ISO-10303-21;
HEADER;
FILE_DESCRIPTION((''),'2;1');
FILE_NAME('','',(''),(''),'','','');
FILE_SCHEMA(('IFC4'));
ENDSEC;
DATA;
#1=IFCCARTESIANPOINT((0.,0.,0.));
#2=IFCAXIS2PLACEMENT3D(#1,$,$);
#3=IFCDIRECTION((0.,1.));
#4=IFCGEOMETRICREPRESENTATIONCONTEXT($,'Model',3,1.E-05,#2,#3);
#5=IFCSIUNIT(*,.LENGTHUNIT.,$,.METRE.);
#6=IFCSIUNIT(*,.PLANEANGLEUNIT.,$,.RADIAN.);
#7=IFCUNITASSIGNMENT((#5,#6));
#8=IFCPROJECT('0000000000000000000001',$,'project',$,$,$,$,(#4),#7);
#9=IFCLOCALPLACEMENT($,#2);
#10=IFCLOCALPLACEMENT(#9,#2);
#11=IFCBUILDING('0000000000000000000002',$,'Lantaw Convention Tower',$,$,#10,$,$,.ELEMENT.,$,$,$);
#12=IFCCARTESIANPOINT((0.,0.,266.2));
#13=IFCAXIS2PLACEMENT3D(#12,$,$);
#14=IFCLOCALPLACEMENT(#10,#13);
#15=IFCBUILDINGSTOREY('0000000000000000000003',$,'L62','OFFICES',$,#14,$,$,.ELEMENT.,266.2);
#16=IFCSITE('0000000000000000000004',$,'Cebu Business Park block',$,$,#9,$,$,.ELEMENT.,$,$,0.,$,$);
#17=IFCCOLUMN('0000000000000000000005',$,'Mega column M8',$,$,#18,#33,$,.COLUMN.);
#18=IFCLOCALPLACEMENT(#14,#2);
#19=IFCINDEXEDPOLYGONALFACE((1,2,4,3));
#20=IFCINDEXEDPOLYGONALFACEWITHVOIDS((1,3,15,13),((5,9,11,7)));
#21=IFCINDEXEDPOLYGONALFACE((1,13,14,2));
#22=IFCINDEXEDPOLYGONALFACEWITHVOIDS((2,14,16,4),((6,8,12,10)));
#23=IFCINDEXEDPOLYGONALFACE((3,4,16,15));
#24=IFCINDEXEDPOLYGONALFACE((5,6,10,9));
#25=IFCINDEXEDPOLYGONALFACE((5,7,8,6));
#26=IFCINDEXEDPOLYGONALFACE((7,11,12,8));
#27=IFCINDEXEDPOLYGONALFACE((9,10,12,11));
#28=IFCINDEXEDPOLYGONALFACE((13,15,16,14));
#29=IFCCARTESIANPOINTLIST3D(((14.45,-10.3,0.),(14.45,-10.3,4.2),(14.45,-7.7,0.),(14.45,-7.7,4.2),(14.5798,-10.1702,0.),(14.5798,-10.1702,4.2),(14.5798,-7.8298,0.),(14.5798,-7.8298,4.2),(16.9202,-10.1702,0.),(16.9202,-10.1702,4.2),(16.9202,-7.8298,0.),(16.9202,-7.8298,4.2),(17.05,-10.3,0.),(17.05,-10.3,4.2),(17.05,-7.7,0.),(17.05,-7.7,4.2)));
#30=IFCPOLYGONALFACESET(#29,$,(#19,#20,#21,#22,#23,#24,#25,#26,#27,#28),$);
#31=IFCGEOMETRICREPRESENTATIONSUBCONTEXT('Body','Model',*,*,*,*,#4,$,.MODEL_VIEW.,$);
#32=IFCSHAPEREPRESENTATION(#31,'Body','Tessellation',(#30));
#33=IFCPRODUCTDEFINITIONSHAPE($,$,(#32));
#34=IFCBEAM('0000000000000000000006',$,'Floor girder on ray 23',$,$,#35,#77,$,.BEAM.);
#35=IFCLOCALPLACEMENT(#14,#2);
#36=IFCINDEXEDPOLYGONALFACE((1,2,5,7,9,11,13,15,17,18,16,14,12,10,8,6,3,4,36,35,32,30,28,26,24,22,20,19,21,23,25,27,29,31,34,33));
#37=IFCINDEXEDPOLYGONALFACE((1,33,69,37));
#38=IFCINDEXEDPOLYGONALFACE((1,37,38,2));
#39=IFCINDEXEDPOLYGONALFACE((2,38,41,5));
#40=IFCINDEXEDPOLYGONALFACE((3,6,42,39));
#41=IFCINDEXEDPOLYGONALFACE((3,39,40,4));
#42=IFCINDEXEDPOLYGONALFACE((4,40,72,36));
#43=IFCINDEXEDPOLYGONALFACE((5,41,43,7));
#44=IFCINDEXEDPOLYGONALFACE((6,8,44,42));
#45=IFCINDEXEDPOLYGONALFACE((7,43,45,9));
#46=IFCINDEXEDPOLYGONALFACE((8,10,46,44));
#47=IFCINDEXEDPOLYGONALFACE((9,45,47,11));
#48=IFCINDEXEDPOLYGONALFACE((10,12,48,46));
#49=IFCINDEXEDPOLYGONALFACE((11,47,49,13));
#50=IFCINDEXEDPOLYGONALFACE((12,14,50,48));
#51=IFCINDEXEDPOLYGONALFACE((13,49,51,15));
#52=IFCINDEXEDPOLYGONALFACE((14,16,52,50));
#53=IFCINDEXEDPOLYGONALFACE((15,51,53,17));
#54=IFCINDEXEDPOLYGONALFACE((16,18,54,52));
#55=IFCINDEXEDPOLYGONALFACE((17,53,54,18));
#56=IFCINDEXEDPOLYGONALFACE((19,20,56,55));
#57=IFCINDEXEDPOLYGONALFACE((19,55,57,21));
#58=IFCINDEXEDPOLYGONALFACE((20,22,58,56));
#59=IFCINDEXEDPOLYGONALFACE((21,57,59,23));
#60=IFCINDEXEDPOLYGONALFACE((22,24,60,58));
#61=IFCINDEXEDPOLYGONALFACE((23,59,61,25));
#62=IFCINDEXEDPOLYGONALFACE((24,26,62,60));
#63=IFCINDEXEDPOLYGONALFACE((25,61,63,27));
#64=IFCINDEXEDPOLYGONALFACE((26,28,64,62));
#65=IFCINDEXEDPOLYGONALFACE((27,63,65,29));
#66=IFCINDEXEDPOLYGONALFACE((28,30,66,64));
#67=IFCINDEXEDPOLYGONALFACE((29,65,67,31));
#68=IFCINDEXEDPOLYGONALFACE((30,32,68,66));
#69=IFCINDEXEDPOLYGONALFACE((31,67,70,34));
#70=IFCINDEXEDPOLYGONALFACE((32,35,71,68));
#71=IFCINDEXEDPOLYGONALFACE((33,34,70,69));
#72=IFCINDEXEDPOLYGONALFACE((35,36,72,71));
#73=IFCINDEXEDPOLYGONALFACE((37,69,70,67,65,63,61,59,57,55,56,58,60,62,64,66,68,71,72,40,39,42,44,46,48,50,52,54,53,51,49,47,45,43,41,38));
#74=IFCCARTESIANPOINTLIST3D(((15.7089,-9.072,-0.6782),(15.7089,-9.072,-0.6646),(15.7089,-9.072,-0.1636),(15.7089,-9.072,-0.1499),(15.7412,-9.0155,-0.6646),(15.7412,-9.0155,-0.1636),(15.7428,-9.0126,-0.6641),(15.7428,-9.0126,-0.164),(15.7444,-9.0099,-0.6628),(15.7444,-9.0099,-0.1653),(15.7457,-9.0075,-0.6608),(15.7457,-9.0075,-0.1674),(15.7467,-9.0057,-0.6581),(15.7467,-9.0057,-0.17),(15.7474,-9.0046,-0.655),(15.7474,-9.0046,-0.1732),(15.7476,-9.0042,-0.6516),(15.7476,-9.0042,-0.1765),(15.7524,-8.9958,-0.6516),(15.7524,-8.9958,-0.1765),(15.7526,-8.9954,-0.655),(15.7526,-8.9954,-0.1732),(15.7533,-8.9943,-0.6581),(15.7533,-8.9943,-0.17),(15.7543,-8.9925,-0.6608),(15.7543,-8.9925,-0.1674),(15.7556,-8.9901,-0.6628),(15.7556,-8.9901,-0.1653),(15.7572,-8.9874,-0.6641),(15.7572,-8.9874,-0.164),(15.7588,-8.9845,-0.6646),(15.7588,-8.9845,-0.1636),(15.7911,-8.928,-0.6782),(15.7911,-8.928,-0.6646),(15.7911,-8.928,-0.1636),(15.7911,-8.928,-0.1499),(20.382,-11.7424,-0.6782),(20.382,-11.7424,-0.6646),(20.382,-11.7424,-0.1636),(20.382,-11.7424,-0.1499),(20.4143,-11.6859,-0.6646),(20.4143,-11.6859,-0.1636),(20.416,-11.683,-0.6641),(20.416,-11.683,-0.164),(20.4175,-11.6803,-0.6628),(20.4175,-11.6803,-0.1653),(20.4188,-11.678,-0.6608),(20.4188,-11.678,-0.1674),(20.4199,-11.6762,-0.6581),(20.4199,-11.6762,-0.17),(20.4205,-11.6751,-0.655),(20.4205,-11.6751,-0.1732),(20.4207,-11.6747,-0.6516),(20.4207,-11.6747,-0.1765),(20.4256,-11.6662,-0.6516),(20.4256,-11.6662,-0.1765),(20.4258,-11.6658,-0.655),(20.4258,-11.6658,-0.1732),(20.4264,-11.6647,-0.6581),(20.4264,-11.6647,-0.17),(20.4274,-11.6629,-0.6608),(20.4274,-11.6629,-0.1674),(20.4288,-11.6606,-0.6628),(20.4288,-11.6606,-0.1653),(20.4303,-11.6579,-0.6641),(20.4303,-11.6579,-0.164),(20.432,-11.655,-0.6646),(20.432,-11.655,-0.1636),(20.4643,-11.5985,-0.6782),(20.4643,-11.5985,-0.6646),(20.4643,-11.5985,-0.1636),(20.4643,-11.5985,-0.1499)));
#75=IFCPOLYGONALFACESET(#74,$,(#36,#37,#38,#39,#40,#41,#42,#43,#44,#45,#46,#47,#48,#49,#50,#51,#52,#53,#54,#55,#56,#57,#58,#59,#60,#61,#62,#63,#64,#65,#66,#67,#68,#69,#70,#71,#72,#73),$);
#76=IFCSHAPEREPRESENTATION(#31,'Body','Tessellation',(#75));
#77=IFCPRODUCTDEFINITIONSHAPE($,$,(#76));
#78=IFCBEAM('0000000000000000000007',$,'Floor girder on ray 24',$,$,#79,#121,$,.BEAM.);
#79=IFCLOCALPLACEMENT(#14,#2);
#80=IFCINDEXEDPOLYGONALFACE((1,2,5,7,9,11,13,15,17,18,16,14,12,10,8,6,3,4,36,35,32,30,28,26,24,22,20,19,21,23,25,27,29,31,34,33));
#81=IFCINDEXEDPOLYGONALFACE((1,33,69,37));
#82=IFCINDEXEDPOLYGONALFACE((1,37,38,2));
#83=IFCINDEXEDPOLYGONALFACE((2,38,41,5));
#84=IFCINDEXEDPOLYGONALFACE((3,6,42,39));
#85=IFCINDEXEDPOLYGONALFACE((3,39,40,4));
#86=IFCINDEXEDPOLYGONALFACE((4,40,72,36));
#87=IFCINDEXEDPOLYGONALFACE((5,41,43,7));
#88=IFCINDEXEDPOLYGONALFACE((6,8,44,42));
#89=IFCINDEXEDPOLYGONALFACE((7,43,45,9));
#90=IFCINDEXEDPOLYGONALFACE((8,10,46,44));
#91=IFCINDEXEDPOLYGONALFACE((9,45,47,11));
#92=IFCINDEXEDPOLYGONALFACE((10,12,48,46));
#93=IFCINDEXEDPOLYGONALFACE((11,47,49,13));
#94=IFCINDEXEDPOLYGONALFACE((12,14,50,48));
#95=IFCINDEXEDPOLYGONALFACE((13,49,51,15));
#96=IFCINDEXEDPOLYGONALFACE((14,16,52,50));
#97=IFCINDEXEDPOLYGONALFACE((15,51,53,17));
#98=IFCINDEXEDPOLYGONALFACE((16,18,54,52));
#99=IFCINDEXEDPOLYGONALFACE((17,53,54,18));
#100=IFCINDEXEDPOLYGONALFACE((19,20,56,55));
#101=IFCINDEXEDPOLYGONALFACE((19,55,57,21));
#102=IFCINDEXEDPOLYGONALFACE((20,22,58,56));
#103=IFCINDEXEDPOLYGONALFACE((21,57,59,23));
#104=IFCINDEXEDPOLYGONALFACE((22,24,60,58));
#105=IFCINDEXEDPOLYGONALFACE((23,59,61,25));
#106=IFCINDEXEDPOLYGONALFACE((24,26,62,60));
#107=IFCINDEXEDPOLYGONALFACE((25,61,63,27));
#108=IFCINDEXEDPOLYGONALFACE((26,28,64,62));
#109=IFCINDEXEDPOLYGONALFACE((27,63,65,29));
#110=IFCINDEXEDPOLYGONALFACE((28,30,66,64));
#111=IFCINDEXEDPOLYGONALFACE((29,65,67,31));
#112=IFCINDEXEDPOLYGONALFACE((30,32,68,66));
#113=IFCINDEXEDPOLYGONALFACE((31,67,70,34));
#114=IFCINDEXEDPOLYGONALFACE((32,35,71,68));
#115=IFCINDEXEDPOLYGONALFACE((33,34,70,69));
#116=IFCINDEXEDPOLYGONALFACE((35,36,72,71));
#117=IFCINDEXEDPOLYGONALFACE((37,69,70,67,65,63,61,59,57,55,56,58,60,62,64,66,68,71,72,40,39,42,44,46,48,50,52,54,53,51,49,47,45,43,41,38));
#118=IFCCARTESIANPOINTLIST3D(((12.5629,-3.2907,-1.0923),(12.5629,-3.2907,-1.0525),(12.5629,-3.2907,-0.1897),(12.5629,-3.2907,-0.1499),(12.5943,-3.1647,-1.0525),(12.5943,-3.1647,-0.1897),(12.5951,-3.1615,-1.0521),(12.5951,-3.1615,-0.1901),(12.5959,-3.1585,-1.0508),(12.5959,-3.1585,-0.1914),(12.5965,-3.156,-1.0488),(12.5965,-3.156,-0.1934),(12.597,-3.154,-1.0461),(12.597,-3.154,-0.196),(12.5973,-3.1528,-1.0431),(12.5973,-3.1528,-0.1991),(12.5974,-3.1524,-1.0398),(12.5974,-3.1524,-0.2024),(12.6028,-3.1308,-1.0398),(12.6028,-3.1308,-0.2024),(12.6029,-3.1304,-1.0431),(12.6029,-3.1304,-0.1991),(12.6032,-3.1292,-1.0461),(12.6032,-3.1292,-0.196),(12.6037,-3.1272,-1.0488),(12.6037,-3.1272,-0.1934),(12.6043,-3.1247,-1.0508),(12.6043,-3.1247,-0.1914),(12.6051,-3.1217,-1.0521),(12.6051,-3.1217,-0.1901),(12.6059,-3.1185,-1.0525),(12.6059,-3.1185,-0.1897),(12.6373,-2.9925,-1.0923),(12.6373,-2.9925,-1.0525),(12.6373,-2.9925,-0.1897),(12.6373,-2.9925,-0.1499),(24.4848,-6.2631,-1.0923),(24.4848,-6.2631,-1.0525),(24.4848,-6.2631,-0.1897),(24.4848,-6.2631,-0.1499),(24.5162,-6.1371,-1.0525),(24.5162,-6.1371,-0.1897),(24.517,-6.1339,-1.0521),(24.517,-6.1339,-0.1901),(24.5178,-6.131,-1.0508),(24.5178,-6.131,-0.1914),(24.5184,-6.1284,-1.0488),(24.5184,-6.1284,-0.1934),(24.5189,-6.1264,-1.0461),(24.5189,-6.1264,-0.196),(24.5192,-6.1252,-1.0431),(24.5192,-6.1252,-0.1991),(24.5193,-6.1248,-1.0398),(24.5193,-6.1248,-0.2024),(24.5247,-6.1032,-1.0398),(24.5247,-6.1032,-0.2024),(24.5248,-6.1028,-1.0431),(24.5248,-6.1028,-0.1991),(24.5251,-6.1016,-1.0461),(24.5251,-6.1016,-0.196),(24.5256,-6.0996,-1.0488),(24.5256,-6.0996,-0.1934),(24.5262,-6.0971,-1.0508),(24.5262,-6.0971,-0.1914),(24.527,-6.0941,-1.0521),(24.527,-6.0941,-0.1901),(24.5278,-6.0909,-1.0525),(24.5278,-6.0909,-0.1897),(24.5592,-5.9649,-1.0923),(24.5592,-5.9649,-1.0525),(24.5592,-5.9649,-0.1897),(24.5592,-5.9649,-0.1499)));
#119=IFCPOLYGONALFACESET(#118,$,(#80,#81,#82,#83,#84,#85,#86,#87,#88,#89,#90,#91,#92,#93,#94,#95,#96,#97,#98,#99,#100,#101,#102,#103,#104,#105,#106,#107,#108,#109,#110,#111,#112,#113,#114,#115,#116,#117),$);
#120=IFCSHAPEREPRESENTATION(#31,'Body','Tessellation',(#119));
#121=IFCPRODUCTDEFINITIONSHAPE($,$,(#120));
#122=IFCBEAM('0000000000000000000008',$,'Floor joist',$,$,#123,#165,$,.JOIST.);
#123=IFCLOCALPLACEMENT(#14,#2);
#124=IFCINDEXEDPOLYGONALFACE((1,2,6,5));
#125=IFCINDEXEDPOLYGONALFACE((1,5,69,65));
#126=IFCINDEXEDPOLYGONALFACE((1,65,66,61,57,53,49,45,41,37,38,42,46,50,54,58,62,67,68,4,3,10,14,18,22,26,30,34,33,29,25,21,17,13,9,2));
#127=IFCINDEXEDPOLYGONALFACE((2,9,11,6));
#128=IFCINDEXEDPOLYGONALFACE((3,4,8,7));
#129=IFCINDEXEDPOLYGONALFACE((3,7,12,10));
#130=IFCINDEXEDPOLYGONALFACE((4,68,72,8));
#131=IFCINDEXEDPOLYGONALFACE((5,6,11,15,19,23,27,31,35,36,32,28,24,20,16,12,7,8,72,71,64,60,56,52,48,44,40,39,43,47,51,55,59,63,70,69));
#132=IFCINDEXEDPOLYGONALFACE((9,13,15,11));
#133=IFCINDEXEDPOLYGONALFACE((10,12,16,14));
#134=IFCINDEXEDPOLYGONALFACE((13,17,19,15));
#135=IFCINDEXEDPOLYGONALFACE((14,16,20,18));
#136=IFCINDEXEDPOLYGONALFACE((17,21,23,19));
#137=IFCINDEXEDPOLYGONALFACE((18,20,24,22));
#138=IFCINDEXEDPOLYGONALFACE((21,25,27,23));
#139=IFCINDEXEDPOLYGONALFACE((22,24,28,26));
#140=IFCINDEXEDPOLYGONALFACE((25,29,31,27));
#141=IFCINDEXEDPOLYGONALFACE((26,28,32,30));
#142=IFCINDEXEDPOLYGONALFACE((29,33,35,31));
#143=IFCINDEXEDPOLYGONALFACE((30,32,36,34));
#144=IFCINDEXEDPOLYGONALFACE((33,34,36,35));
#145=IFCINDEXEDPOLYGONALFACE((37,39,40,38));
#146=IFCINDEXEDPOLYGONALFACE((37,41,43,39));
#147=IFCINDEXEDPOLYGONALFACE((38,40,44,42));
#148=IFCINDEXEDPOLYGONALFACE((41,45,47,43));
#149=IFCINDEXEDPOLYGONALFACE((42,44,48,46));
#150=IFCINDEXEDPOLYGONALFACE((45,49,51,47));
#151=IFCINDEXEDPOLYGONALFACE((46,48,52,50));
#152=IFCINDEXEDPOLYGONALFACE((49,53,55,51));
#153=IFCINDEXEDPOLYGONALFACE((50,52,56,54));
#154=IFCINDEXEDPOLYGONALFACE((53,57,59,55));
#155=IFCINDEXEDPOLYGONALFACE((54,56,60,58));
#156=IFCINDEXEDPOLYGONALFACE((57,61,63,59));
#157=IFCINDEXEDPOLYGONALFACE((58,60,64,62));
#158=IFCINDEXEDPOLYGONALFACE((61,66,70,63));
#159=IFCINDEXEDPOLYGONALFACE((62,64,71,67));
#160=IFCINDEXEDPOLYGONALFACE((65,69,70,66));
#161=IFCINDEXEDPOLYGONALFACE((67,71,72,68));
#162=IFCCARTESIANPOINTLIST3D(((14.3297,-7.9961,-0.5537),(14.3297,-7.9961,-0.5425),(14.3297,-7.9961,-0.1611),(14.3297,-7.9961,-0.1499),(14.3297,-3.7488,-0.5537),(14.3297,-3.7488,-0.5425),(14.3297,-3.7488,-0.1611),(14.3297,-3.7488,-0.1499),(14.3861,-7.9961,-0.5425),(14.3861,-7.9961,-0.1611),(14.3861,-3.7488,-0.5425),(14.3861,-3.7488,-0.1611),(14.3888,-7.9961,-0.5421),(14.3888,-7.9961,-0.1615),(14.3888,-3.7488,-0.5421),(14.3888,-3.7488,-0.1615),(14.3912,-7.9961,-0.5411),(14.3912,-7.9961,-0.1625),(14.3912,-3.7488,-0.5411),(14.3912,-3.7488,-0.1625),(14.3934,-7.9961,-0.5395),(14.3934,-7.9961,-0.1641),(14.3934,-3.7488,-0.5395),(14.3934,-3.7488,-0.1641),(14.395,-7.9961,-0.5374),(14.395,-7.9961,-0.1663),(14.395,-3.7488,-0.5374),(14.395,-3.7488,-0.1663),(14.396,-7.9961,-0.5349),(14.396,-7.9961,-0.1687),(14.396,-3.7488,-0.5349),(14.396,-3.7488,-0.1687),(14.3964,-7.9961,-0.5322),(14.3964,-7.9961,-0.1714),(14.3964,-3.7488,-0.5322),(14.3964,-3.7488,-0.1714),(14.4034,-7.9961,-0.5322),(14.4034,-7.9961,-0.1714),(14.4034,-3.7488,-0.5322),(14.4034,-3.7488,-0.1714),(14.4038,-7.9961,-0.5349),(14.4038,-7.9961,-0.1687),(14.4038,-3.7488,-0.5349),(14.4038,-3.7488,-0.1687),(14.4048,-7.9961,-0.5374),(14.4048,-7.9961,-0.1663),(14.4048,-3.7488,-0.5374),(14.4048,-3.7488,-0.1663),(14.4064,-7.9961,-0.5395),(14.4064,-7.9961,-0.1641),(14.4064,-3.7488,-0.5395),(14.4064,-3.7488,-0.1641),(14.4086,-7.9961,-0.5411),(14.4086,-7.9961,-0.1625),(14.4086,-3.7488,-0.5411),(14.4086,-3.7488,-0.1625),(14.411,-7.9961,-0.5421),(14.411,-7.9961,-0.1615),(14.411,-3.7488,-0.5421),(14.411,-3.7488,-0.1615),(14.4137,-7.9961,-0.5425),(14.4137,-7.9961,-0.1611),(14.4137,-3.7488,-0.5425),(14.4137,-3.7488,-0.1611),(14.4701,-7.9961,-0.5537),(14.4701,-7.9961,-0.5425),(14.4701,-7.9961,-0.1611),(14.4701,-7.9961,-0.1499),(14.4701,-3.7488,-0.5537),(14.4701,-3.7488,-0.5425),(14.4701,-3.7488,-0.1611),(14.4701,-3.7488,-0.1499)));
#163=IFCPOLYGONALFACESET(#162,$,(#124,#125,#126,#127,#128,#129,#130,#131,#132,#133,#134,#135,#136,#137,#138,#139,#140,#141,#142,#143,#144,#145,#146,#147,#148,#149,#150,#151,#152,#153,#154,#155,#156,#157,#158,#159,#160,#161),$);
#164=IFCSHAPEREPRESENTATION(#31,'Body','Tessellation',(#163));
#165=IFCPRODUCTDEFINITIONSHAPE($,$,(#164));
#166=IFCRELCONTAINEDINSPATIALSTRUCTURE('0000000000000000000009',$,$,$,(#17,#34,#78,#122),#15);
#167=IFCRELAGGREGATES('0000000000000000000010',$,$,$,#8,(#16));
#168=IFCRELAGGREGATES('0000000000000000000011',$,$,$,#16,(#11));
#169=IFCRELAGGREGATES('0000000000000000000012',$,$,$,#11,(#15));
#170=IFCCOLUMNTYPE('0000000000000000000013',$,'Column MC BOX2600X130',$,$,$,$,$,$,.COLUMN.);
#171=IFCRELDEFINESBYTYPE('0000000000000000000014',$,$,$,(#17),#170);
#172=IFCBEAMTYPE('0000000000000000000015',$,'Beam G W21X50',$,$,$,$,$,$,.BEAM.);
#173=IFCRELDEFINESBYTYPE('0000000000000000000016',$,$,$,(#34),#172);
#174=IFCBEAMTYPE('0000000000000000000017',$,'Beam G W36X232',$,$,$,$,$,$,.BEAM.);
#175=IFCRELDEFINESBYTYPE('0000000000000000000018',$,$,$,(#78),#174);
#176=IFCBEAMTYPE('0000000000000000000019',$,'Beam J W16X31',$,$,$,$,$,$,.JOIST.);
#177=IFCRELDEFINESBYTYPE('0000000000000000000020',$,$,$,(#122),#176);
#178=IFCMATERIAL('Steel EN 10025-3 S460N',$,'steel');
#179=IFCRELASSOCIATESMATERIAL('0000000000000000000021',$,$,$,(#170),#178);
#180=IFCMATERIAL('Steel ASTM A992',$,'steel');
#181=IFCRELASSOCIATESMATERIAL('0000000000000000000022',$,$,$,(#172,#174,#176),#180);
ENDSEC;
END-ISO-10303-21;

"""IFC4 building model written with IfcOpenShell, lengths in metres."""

from ifc_helpers import new_model, si_unit, direction, frame, origin, origin_2d, place, context, subcontext, project, spatial, rectangle, hollow_rectangle, i_section, extrude, material, material_profile, profile_set, type_object, element, save


model = new_model("IFC4")

# Units and contexts
model_context = context("Model", 3, precision=1e-05, world=origin(), true_north=direction((0.0, 1.0)))
body_context = subcontext(model_context, "Body", "Model", "MODEL_VIEW")
ifc_project = project(units=[si_unit("LENGTHUNIT", "METRE"), si_unit("PLANEANGLEUNIT", "RADIAN")], contexts=[model_context])

# Site, building, storey
site_placement = place(None, origin())
site = spatial("IfcSite", under=ifc_project, at=site_placement, Name="Cebu Business Park block", CompositionType="ELEMENT", RefElevation=0.0)
building_placement = place(site_placement, origin())
building = spatial("IfcBuilding", under=site, at=building_placement, Name="Lantaw Convention Tower", CompositionType="ELEMENT")
storey_placement = place(building_placement, frame((0.0, 0.0, 266.2)))
storey = spatial("IfcBuildingStorey", under=building, at=storey_placement, Name="L62", Description="OFFICES", CompositionType="ELEMENT", Elevation=266.2)

# Column
ifc_material_1 = material(Name="Steel EN 10025-3 S460N", Category="steel")
ifc_material_profile_1 = material_profile(ifc_material_1, hollow_rectangle(XDim=2.6001, YDim=2.6001, WallThickness=0.1299, at=origin_2d()), Name="BOX2600X130")
ifc_material_2 = material(Name="Concrete C60/75", Category="concrete")
ifc_material_profile_2 = material_profile(ifc_material_2, rectangle(XDim=2.3401, YDim=2.3401, at=origin_2d()), Name="Concrete fill of BOX2600X130")
ifc_profile_set_1 = profile_set([ifc_material_profile_1, ifc_material_profile_2], Name="Steel EN 10025-3 S460N")
column_type = type_object("IfcColumnType", Name="Column MC BOX2600X130", PredefinedType="COLUMN", material=ifc_profile_set_1)
column_placement = place(storey_placement, frame((15.75, -9.0, 0.0), z_axis=(0.0, 0.0, 1.0), x_axis=(1.0, 0.0, 0.0)))
element("IfcColumn", 1, at=column_placement, inside=storey, type_object=column_type, Name="Mega column M8", PredefinedType="COLUMN", context=body_context, shape_type="SweptSolid", body=[
    extrude(hollow_rectangle(XDim=2.6001, YDim=2.6001, WallThickness=0.1299, at=origin_2d()), origin(), (0.0, 0.0, 1.0), 4.2),
])

# Beams
ifc_material_3 = material(Name="Steel ASTM A992", Category="steel")
ifc_material_profile_3 = material_profile(ifc_material_3, i_section(OverallWidth=0.1658, OverallDepth=0.5283, WebThickness=0.0098, FlangeThickness=0.0137, FilletRadius=0.0129, at=origin_2d()), Name="W21X50")
ifc_profile_set_2 = profile_set([ifc_material_profile_3], Name="Steel ASTM A992")
beam_type_1 = type_object("IfcBeamType", Name="Beam G W21X50", PredefinedType="BEAM", material=ifc_profile_set_2)
beam_1_placement = place(storey_placement, frame((15.75, -9.0, -0.4141), z_axis=(0.868238, -0.496149, 0.0), x_axis=(0.496149, 0.868238, 0.0)))
element("IfcBeam", 2, at=beam_1_placement, inside=storey, type_object=beam_type_1, Name="Floor girder on ray 23", PredefinedType="BEAM", context=body_context, shape_type="SweptSolid", body=[
    extrude(i_section(OverallWidth=0.1658, OverallDepth=0.5283, WebThickness=0.0098, FlangeThickness=0.0137, FilletRadius=0.0129, at=origin_2d()), origin(), (0.0, 0.0, 1.0), 5.3823),
])
ifc_material_profile_4 = material_profile(ifc_material_3, i_section(OverallWidth=0.3074, OverallDepth=0.9424, WebThickness=0.0222, FlangeThickness=0.0398, FilletRadius=0.0127, at=origin_2d()), Name="W36X232")
ifc_profile_set_3 = profile_set([ifc_material_profile_4], Name="Steel ASTM A992")
beam_type_2 = type_object("IfcBeamType", Name="Beam G W36X232", PredefinedType="BEAM", material=ifc_profile_set_3)
beam_2_placement = place(storey_placement, frame((12.6001, -3.1416, -0.6211), z_axis=(0.970297, -0.241918, 0.0), x_axis=(0.241918, 0.970297, 0.0)))
element("IfcBeam", 3, at=beam_2_placement, inside=storey, type_object=beam_type_2, Name="Floor girder on ray 24", PredefinedType="BEAM", context=body_context, shape_type="SweptSolid", body=[
    extrude(i_section(OverallWidth=0.3074, OverallDepth=0.9424, WebThickness=0.0222, FlangeThickness=0.0398, FilletRadius=0.0127, at=origin_2d()), origin(), (0.0, 0.0, 1.0), 12.2869),
])
ifc_material_profile_5 = material_profile(ifc_material_3, i_section(OverallWidth=0.1404, OverallDepth=0.4038, WebThickness=0.0071, FlangeThickness=0.0112, FilletRadius=0.0103, at=origin_2d()), Name="W16X31")
ifc_profile_set_4 = profile_set([ifc_material_profile_5], Name="Steel ASTM A992")
beam_type_3 = type_object("IfcBeamType", Name="Beam J W16X31", PredefinedType="JOIST", material=ifc_profile_set_4)
beam_3_placement = place(storey_placement, frame((14.3999, -7.9961, -0.3518), z_axis=(0.0, 1.0, 0.0), x_axis=(-1.0, 0.0, 0.0)))
element("IfcBeam", 4, at=beam_3_placement, inside=storey, type_object=beam_type_3, Name="Floor joist", PredefinedType="JOIST", context=body_context, shape_type="SweptSolid", body=[
    extrude(i_section(OverallWidth=0.1404, OverallDepth=0.4038, WebThickness=0.0071, FlangeThickness=0.0112, FilletRadius=0.0103, at=origin_2d()), origin(), (0.0, 0.0, 1.0), 4.2473),
])

save(model, "model.ifc")
